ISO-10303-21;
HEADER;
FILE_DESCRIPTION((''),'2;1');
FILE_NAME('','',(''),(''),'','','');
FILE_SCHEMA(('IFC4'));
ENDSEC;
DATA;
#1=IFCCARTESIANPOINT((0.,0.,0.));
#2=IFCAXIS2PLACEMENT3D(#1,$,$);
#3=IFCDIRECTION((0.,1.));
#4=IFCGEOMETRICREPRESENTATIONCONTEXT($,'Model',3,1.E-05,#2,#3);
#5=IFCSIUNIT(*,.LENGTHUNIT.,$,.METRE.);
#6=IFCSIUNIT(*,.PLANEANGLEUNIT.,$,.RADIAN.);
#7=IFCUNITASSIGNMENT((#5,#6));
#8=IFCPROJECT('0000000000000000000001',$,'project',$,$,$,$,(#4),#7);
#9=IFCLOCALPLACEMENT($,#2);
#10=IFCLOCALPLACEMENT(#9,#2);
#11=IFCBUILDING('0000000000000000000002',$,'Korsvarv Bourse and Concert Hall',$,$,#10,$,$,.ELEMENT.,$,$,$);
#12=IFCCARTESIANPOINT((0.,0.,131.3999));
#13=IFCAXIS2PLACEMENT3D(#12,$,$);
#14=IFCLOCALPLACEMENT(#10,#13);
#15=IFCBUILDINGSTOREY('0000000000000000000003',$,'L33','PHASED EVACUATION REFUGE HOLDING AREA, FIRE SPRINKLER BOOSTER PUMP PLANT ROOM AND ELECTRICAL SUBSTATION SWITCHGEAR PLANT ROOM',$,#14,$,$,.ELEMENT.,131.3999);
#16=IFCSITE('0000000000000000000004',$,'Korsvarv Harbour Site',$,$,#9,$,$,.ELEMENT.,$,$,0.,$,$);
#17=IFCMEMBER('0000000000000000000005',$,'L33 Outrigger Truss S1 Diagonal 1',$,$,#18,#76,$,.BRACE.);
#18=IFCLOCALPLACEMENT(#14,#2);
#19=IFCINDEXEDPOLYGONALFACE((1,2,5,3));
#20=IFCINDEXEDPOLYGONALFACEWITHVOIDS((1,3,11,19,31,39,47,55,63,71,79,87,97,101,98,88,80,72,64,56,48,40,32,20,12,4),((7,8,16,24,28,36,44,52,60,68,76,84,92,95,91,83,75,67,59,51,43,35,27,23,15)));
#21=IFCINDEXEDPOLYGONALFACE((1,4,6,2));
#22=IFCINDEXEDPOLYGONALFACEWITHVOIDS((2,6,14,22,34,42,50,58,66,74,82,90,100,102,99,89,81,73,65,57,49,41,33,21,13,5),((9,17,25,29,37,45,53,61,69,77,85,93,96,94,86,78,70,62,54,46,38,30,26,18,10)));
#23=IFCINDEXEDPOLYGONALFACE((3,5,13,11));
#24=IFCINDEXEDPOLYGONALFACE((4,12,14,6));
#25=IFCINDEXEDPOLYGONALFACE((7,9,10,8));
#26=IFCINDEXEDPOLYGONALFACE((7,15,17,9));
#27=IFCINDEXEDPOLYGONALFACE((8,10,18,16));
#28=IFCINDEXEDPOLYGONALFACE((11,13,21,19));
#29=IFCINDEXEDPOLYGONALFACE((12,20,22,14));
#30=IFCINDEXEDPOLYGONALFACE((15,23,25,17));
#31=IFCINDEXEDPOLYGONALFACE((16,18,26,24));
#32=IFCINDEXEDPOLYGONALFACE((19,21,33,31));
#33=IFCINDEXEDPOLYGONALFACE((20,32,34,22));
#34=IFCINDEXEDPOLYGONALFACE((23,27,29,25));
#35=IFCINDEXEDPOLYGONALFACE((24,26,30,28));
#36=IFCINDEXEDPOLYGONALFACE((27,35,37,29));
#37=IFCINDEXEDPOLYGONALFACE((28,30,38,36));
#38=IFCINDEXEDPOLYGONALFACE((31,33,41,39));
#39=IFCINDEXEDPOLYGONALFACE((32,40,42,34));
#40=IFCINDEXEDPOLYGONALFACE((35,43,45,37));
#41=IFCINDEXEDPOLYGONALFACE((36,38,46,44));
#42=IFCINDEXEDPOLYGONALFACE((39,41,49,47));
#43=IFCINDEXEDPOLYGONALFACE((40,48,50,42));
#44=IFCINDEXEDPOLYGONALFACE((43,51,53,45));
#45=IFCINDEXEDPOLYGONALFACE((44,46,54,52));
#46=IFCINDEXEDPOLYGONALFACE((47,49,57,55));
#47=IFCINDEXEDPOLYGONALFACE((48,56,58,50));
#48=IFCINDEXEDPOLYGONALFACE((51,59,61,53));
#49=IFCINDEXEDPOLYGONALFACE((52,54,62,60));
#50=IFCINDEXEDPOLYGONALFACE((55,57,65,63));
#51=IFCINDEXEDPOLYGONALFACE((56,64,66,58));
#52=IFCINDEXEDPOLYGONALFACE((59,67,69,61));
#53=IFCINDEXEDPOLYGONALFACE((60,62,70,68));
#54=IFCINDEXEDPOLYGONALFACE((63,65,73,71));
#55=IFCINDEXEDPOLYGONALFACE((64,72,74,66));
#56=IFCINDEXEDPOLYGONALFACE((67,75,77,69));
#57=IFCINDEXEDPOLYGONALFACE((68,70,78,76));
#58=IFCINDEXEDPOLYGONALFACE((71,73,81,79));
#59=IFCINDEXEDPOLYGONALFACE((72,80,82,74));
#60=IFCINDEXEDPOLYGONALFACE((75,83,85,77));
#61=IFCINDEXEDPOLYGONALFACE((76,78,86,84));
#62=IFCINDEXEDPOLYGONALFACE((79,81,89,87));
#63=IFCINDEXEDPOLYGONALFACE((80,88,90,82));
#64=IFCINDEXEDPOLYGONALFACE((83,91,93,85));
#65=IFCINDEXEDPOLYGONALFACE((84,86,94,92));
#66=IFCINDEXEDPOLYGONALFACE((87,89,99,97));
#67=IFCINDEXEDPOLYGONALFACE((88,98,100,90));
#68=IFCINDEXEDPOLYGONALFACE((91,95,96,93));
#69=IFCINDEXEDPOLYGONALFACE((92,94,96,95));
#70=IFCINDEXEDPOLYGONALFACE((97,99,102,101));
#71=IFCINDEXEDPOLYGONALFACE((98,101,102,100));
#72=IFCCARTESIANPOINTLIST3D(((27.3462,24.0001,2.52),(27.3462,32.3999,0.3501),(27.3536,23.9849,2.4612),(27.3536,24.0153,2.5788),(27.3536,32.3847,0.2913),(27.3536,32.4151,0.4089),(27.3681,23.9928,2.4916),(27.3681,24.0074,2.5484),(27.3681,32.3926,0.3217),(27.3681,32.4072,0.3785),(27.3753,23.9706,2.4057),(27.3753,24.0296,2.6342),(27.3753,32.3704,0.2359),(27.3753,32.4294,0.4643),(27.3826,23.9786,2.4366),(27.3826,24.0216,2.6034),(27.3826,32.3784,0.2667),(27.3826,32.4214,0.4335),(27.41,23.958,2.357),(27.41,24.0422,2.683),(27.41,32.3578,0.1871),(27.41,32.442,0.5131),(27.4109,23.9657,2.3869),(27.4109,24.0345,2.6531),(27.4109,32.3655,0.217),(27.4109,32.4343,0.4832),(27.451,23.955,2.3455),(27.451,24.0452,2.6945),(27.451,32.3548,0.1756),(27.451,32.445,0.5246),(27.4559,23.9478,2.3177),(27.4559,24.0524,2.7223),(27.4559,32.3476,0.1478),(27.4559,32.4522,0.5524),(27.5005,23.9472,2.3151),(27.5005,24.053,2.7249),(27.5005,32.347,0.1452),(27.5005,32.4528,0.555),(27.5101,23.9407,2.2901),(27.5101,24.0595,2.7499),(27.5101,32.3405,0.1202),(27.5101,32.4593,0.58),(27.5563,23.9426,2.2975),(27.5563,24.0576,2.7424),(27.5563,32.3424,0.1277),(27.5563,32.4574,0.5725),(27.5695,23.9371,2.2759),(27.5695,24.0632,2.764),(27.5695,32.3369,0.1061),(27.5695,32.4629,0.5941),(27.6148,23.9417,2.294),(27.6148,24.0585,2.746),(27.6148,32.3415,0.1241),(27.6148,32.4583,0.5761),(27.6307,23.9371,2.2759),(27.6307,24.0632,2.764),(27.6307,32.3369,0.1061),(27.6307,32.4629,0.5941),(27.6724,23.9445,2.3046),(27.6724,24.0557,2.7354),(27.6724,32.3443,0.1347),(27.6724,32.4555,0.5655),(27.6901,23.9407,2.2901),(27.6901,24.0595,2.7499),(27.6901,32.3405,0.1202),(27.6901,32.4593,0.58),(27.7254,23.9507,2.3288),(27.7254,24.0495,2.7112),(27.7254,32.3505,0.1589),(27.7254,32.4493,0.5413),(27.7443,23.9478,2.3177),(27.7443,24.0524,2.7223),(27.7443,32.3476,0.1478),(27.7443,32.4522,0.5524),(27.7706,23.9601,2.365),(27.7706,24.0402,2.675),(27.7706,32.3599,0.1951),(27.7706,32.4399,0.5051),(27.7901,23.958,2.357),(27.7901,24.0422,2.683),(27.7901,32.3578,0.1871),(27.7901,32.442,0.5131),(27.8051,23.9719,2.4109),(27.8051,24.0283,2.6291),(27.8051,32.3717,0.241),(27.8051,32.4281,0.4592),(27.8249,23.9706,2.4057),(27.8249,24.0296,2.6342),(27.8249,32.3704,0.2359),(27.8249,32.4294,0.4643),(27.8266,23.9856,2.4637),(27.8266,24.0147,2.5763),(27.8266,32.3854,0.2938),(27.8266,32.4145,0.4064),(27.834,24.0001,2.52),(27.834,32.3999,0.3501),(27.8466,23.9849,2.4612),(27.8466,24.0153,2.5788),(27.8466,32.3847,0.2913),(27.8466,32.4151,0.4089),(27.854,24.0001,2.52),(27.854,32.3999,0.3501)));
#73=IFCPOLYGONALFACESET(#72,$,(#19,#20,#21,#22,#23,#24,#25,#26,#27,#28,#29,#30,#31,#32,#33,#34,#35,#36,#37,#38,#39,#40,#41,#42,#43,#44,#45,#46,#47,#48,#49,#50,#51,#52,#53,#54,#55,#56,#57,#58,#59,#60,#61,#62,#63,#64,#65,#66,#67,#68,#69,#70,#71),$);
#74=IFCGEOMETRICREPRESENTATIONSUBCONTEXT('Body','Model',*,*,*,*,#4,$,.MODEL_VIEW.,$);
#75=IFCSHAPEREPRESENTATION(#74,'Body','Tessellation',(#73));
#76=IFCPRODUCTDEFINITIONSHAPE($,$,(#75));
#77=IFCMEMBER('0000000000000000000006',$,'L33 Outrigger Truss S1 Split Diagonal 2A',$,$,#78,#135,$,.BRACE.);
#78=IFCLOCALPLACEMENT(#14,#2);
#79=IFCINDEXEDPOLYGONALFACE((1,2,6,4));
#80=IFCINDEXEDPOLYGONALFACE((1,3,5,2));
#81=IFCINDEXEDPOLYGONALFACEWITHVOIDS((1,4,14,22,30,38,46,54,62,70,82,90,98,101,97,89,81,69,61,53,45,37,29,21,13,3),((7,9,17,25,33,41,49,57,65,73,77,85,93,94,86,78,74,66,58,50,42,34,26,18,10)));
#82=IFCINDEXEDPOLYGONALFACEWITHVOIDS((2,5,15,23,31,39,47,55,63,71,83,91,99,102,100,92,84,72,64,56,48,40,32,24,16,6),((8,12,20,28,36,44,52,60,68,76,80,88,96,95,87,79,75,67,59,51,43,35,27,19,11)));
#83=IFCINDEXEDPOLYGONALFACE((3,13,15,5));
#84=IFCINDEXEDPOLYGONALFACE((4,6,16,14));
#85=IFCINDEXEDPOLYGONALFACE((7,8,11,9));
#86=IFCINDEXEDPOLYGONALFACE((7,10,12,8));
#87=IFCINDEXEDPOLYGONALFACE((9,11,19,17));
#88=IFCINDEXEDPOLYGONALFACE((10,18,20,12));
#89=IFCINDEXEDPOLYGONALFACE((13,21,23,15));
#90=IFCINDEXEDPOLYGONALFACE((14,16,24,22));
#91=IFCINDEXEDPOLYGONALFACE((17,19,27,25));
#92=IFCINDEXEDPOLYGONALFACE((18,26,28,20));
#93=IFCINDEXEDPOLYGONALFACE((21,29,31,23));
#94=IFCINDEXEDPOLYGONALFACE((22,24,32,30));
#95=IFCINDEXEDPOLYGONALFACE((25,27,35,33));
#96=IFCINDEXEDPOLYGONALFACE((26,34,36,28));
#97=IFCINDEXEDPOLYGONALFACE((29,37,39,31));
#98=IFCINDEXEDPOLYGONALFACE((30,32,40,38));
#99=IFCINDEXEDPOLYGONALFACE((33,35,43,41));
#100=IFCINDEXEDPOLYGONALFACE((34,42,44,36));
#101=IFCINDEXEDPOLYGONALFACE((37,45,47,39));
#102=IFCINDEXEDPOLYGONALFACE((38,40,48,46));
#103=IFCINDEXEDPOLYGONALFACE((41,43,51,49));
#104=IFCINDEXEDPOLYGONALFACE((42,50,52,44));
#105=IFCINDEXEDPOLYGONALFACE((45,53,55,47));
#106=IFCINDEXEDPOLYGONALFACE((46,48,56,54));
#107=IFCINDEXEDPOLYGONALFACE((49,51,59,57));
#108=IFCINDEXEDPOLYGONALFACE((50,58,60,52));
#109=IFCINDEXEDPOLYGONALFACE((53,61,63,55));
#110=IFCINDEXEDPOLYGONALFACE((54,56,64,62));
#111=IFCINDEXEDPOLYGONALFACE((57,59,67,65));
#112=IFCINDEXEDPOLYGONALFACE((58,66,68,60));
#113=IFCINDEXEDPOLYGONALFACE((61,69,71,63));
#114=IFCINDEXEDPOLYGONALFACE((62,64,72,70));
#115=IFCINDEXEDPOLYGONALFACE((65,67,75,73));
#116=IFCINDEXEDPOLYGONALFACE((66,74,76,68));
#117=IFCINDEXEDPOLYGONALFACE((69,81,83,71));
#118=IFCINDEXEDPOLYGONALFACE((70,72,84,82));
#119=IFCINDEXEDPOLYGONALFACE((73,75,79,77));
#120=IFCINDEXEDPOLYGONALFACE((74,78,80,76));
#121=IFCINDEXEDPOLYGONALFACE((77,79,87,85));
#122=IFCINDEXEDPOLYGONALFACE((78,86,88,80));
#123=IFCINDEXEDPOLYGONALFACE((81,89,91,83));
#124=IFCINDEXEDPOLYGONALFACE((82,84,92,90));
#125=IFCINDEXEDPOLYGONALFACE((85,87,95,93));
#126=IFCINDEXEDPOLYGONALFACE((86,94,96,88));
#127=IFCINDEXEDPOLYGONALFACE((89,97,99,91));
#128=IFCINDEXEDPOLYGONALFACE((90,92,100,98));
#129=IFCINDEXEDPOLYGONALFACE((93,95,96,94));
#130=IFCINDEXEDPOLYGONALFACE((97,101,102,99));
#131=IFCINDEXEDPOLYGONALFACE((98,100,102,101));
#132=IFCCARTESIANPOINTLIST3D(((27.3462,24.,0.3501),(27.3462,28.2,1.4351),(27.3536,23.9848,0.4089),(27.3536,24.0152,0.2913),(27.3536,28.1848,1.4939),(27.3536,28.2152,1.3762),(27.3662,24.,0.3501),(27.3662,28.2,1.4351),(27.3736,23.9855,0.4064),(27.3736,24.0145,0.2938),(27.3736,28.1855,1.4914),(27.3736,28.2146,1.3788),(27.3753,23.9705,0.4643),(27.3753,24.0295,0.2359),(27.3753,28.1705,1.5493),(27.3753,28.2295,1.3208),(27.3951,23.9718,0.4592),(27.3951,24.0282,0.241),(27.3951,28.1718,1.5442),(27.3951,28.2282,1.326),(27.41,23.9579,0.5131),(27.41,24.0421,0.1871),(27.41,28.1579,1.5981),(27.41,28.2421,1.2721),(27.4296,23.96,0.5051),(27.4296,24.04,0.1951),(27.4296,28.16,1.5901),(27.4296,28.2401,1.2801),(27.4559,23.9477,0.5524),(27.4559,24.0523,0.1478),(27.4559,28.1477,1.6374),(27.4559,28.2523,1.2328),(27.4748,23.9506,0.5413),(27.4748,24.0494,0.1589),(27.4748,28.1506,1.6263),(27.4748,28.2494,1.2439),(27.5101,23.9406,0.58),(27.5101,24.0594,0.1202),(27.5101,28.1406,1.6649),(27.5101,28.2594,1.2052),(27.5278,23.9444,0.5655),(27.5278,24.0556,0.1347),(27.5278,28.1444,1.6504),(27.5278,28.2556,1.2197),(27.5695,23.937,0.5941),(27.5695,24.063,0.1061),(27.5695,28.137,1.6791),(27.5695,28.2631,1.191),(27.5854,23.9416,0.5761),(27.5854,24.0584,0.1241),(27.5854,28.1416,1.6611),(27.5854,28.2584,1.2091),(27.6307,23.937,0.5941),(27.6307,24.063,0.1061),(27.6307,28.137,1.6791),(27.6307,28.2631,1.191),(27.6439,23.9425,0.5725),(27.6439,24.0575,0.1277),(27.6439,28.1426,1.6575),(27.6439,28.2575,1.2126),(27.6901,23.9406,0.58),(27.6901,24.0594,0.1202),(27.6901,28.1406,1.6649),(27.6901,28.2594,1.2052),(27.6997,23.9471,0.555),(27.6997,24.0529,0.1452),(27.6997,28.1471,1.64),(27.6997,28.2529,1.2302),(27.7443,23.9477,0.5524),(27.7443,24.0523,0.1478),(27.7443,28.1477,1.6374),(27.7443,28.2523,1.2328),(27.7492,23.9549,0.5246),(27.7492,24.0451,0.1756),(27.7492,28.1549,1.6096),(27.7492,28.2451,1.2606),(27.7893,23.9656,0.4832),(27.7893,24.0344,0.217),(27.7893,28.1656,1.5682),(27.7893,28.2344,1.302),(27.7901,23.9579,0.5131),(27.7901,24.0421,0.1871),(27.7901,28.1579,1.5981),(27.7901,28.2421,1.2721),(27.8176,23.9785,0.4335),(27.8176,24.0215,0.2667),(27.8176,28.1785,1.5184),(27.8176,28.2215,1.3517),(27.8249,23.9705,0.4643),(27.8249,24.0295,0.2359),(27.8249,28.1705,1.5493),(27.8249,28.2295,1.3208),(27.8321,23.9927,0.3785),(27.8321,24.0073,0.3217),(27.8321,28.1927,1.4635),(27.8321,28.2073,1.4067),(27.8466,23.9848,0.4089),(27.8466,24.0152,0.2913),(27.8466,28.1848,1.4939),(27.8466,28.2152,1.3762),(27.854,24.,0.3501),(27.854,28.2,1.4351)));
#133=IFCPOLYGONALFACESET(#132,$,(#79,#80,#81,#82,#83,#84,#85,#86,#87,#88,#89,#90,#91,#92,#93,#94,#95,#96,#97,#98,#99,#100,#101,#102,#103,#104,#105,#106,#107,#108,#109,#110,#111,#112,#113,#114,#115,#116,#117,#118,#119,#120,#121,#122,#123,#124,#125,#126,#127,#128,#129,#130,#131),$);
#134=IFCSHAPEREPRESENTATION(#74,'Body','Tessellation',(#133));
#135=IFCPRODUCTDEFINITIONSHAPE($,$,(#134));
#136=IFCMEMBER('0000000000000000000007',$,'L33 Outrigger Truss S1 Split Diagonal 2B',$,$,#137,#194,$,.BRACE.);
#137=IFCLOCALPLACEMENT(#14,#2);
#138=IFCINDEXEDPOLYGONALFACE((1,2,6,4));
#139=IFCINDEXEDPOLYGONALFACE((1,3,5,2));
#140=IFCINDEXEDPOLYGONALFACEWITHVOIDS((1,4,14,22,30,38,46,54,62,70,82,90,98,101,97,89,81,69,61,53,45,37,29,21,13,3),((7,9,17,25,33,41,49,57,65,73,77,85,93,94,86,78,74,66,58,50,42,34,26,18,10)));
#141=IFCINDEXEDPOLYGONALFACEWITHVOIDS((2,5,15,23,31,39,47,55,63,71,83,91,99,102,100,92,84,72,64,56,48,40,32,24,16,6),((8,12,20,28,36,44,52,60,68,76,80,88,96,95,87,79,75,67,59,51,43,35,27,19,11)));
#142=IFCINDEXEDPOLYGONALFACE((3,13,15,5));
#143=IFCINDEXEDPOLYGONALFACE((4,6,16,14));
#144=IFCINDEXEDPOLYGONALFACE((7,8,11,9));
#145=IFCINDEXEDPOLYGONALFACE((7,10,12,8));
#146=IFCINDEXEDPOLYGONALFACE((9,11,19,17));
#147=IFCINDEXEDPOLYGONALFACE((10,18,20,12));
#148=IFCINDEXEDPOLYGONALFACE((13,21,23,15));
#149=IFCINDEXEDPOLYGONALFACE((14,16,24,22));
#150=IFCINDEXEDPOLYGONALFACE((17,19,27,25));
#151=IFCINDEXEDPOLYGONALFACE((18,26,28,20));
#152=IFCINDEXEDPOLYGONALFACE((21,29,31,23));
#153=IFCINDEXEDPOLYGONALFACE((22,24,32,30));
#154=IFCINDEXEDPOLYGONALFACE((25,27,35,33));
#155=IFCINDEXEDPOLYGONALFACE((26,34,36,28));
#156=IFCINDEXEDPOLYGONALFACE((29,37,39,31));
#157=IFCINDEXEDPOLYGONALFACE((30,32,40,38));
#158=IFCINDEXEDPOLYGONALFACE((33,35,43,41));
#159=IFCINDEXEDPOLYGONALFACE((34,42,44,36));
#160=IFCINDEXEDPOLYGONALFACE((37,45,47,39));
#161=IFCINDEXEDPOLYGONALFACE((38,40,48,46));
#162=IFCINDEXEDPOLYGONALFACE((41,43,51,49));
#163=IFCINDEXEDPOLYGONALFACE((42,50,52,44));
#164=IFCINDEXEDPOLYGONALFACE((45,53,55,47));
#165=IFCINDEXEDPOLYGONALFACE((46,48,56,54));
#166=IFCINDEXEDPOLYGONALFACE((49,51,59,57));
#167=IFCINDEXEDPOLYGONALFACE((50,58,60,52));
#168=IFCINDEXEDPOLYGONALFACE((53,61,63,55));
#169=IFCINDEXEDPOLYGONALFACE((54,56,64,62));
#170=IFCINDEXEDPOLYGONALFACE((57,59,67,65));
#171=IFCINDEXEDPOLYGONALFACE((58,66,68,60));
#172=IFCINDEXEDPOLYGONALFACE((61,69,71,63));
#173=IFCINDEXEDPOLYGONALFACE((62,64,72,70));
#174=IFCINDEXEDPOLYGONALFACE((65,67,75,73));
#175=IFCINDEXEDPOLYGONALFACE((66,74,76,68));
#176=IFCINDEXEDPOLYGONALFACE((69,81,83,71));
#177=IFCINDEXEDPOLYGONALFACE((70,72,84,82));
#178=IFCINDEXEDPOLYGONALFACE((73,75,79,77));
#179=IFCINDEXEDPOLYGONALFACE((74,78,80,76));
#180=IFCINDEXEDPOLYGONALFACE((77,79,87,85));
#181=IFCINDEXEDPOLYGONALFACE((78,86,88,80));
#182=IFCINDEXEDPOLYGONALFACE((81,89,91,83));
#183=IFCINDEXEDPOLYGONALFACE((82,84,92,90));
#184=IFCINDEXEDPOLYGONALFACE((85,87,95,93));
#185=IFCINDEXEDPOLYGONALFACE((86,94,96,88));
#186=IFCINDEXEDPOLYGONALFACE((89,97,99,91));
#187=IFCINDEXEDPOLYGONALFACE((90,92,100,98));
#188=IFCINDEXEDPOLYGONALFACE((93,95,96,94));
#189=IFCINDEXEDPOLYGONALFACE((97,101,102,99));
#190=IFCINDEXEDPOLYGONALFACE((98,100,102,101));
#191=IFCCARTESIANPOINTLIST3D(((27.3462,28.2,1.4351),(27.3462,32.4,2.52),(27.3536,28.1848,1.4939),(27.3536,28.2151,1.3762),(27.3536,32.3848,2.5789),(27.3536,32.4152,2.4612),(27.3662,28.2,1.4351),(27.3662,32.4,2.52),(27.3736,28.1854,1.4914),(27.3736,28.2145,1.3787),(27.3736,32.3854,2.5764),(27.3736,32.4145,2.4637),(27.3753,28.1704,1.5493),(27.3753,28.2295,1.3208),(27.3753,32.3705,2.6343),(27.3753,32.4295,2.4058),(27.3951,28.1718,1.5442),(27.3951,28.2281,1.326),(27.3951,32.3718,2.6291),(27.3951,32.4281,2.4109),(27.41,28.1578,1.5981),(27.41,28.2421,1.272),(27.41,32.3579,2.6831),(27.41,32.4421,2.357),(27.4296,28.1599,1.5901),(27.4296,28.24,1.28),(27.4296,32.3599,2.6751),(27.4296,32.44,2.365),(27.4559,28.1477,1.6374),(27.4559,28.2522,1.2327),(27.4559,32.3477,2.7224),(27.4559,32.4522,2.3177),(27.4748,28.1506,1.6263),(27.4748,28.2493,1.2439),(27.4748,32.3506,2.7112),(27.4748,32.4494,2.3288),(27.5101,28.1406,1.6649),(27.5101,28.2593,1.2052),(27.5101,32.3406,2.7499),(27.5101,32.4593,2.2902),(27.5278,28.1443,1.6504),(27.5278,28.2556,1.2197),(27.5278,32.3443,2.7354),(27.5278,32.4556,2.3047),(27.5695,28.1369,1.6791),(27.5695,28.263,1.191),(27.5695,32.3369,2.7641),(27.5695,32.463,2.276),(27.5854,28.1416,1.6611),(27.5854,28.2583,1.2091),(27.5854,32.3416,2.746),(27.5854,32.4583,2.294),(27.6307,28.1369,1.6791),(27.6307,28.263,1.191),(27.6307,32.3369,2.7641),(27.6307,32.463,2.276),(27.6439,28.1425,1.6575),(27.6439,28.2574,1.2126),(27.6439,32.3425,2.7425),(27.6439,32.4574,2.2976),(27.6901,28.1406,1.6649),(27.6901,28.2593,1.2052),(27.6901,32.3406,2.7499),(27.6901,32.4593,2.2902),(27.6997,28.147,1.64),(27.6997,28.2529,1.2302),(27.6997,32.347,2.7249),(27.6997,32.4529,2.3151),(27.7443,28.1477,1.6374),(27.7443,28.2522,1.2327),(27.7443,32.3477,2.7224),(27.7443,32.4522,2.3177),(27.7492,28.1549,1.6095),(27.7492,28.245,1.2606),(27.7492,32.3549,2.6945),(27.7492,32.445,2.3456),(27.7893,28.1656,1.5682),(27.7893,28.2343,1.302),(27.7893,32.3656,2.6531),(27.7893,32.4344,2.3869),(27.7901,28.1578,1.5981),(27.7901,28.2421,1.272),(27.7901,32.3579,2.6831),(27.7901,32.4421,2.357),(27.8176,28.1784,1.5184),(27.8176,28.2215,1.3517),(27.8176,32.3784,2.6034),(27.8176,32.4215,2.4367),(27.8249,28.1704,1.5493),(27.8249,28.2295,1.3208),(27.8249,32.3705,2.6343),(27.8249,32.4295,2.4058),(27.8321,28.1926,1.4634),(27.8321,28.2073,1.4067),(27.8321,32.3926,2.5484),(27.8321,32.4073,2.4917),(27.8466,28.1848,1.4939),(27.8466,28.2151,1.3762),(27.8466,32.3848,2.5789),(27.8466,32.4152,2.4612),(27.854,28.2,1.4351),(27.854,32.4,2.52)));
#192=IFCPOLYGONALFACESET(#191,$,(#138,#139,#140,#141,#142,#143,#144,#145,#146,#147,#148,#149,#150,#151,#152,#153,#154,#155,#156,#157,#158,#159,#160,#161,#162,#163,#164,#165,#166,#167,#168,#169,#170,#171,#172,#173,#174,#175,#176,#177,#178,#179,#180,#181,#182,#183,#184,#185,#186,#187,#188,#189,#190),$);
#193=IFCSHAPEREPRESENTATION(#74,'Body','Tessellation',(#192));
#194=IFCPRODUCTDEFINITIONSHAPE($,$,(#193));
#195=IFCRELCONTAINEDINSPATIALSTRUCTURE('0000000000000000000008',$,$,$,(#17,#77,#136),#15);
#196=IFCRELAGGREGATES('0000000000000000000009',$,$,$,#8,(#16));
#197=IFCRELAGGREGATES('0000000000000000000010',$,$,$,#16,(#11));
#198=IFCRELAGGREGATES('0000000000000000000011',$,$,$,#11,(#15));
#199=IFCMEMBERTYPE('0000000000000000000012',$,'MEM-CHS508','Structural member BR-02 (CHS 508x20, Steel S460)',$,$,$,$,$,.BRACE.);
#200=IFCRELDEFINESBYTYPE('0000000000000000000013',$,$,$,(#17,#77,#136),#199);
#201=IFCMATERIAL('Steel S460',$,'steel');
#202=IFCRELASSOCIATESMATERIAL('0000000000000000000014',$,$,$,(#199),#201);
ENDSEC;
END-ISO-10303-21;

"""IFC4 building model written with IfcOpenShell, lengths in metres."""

from ifc_helpers import new_model, si_unit, direction, frame, origin, origin_2d, place, context, subcontext, project, spatial, hollow_circle, extrude, source, transform, mapped, material, material_profile, profile_set, type_object, element, save


model = new_model("IFC4")

# Units and contexts
model_context = context("Model", 3, precision=1e-05, world=origin(), true_north=direction((0.0, 1.0)))
body_context = subcontext(model_context, "Body", "Model", "MODEL_VIEW")
ifc_project = project(units=[si_unit("LENGTHUNIT", "METRE"), si_unit("PLANEANGLEUNIT", "RADIAN")], contexts=[model_context])

# Site, building, storey
site_placement = place(None, origin())
site = spatial("IfcSite", under=ifc_project, at=site_placement, Name="Korsvarv Harbour Site", CompositionType="ELEMENT", RefElevation=0.0)
building_placement = place(site_placement, origin())
building = spatial("IfcBuilding", under=site, at=building_placement, Name="Korsvarv Bourse and Concert Hall", CompositionType="ELEMENT")
storey_placement = place(building_placement, frame((0.0, 0.0, 131.3999)))
storey = spatial("IfcBuildingStorey", under=building, at=storey_placement, Name="L33", Description="PHASED EVACUATION REFUGE HOLDING AREA, FIRE SPRINKLER BOOSTER PUMP PLANT ROOM AND ELECTRICAL SUBSTATION SWITCHGEAR PLANT ROOM", CompositionType="ELEMENT", Elevation=131.3999)

# Shared definitions
ifc_material_1 = material(Name="Steel S460", Category="steel")

# Members
ifc_material_profile_1 = material_profile(ifc_material_1, hollow_circle(Radius=0.2539, WallThickness=0.02, at=origin_2d()), Name="CHS 508x20")
ifc_profile_set_1 = profile_set([ifc_material_profile_1], Name="Steel S460")
member_type_1 = type_object("IfcMemberType", Name="MEM-CHS508", Description="Structural member BR-02 (CHS 508x20, Steel S460)", PredefinedType="BRACE", material=ifc_profile_set_1)
shared_shape_1 = source(origin(), body_context, "Body", "SweptSolid", [
    extrude(hollow_circle(Radius=0.2539, WallThickness=0.02, at=origin_2d()), origin(), (0.0, 0.0, 1.0), 8.6755),
])
member_1_placement = place(storey_placement, frame((27.6001, 32.3999, 0.3501), z_axis=(0.0, -0.968216, 0.250116), x_axis=(1.0, 0.0, 0.0)))
element("IfcMember", 1, at=member_1_placement, inside=storey, type_object=member_type_1, Name="L33 Outrigger Truss S1 Diagonal 1", PredefinedType="BRACE", context=body_context, shape_type="MappedRepresentation", body=[
    mapped(shared_shape_1, transform((0.0, 0.0, 0.0), scale=1.0)),
])
shared_shape_2 = source(origin(), body_context, "Body", "SweptSolid", [
    extrude(hollow_circle(Radius=0.2539, WallThickness=0.02, at=origin_2d()), origin(), (0.0, 0.0, 1.0), 4.3379),
])
for number, where, z_axis, x_axis, name in (
    (2, (27.6001, 24.0, 0.3501), (0.0, 0.968216, 0.250116), (-1.0, 0.0, 0.0), "L33 Outrigger Truss S1 Split Diagonal 2A"),
    (3, (27.6001, 28.2, 1.4351), (0.0, 0.968216, 0.250116), (-1.0, 0.0, 0.0), "L33 Outrigger Truss S1 Split Diagonal 2B"),
):
    element("IfcMember", number, at=place(storey_placement, frame(where, z_axis=z_axis, x_axis=x_axis)), inside=storey, type_object=member_type_1, Name=name, PredefinedType="BRACE", context=body_context, shape_type="MappedRepresentation", body=[
        mapped(shared_shape_2, transform((0.0, 0.0, 0.0), scale=1.0)),
    ])

save(model, "model.ifc")
